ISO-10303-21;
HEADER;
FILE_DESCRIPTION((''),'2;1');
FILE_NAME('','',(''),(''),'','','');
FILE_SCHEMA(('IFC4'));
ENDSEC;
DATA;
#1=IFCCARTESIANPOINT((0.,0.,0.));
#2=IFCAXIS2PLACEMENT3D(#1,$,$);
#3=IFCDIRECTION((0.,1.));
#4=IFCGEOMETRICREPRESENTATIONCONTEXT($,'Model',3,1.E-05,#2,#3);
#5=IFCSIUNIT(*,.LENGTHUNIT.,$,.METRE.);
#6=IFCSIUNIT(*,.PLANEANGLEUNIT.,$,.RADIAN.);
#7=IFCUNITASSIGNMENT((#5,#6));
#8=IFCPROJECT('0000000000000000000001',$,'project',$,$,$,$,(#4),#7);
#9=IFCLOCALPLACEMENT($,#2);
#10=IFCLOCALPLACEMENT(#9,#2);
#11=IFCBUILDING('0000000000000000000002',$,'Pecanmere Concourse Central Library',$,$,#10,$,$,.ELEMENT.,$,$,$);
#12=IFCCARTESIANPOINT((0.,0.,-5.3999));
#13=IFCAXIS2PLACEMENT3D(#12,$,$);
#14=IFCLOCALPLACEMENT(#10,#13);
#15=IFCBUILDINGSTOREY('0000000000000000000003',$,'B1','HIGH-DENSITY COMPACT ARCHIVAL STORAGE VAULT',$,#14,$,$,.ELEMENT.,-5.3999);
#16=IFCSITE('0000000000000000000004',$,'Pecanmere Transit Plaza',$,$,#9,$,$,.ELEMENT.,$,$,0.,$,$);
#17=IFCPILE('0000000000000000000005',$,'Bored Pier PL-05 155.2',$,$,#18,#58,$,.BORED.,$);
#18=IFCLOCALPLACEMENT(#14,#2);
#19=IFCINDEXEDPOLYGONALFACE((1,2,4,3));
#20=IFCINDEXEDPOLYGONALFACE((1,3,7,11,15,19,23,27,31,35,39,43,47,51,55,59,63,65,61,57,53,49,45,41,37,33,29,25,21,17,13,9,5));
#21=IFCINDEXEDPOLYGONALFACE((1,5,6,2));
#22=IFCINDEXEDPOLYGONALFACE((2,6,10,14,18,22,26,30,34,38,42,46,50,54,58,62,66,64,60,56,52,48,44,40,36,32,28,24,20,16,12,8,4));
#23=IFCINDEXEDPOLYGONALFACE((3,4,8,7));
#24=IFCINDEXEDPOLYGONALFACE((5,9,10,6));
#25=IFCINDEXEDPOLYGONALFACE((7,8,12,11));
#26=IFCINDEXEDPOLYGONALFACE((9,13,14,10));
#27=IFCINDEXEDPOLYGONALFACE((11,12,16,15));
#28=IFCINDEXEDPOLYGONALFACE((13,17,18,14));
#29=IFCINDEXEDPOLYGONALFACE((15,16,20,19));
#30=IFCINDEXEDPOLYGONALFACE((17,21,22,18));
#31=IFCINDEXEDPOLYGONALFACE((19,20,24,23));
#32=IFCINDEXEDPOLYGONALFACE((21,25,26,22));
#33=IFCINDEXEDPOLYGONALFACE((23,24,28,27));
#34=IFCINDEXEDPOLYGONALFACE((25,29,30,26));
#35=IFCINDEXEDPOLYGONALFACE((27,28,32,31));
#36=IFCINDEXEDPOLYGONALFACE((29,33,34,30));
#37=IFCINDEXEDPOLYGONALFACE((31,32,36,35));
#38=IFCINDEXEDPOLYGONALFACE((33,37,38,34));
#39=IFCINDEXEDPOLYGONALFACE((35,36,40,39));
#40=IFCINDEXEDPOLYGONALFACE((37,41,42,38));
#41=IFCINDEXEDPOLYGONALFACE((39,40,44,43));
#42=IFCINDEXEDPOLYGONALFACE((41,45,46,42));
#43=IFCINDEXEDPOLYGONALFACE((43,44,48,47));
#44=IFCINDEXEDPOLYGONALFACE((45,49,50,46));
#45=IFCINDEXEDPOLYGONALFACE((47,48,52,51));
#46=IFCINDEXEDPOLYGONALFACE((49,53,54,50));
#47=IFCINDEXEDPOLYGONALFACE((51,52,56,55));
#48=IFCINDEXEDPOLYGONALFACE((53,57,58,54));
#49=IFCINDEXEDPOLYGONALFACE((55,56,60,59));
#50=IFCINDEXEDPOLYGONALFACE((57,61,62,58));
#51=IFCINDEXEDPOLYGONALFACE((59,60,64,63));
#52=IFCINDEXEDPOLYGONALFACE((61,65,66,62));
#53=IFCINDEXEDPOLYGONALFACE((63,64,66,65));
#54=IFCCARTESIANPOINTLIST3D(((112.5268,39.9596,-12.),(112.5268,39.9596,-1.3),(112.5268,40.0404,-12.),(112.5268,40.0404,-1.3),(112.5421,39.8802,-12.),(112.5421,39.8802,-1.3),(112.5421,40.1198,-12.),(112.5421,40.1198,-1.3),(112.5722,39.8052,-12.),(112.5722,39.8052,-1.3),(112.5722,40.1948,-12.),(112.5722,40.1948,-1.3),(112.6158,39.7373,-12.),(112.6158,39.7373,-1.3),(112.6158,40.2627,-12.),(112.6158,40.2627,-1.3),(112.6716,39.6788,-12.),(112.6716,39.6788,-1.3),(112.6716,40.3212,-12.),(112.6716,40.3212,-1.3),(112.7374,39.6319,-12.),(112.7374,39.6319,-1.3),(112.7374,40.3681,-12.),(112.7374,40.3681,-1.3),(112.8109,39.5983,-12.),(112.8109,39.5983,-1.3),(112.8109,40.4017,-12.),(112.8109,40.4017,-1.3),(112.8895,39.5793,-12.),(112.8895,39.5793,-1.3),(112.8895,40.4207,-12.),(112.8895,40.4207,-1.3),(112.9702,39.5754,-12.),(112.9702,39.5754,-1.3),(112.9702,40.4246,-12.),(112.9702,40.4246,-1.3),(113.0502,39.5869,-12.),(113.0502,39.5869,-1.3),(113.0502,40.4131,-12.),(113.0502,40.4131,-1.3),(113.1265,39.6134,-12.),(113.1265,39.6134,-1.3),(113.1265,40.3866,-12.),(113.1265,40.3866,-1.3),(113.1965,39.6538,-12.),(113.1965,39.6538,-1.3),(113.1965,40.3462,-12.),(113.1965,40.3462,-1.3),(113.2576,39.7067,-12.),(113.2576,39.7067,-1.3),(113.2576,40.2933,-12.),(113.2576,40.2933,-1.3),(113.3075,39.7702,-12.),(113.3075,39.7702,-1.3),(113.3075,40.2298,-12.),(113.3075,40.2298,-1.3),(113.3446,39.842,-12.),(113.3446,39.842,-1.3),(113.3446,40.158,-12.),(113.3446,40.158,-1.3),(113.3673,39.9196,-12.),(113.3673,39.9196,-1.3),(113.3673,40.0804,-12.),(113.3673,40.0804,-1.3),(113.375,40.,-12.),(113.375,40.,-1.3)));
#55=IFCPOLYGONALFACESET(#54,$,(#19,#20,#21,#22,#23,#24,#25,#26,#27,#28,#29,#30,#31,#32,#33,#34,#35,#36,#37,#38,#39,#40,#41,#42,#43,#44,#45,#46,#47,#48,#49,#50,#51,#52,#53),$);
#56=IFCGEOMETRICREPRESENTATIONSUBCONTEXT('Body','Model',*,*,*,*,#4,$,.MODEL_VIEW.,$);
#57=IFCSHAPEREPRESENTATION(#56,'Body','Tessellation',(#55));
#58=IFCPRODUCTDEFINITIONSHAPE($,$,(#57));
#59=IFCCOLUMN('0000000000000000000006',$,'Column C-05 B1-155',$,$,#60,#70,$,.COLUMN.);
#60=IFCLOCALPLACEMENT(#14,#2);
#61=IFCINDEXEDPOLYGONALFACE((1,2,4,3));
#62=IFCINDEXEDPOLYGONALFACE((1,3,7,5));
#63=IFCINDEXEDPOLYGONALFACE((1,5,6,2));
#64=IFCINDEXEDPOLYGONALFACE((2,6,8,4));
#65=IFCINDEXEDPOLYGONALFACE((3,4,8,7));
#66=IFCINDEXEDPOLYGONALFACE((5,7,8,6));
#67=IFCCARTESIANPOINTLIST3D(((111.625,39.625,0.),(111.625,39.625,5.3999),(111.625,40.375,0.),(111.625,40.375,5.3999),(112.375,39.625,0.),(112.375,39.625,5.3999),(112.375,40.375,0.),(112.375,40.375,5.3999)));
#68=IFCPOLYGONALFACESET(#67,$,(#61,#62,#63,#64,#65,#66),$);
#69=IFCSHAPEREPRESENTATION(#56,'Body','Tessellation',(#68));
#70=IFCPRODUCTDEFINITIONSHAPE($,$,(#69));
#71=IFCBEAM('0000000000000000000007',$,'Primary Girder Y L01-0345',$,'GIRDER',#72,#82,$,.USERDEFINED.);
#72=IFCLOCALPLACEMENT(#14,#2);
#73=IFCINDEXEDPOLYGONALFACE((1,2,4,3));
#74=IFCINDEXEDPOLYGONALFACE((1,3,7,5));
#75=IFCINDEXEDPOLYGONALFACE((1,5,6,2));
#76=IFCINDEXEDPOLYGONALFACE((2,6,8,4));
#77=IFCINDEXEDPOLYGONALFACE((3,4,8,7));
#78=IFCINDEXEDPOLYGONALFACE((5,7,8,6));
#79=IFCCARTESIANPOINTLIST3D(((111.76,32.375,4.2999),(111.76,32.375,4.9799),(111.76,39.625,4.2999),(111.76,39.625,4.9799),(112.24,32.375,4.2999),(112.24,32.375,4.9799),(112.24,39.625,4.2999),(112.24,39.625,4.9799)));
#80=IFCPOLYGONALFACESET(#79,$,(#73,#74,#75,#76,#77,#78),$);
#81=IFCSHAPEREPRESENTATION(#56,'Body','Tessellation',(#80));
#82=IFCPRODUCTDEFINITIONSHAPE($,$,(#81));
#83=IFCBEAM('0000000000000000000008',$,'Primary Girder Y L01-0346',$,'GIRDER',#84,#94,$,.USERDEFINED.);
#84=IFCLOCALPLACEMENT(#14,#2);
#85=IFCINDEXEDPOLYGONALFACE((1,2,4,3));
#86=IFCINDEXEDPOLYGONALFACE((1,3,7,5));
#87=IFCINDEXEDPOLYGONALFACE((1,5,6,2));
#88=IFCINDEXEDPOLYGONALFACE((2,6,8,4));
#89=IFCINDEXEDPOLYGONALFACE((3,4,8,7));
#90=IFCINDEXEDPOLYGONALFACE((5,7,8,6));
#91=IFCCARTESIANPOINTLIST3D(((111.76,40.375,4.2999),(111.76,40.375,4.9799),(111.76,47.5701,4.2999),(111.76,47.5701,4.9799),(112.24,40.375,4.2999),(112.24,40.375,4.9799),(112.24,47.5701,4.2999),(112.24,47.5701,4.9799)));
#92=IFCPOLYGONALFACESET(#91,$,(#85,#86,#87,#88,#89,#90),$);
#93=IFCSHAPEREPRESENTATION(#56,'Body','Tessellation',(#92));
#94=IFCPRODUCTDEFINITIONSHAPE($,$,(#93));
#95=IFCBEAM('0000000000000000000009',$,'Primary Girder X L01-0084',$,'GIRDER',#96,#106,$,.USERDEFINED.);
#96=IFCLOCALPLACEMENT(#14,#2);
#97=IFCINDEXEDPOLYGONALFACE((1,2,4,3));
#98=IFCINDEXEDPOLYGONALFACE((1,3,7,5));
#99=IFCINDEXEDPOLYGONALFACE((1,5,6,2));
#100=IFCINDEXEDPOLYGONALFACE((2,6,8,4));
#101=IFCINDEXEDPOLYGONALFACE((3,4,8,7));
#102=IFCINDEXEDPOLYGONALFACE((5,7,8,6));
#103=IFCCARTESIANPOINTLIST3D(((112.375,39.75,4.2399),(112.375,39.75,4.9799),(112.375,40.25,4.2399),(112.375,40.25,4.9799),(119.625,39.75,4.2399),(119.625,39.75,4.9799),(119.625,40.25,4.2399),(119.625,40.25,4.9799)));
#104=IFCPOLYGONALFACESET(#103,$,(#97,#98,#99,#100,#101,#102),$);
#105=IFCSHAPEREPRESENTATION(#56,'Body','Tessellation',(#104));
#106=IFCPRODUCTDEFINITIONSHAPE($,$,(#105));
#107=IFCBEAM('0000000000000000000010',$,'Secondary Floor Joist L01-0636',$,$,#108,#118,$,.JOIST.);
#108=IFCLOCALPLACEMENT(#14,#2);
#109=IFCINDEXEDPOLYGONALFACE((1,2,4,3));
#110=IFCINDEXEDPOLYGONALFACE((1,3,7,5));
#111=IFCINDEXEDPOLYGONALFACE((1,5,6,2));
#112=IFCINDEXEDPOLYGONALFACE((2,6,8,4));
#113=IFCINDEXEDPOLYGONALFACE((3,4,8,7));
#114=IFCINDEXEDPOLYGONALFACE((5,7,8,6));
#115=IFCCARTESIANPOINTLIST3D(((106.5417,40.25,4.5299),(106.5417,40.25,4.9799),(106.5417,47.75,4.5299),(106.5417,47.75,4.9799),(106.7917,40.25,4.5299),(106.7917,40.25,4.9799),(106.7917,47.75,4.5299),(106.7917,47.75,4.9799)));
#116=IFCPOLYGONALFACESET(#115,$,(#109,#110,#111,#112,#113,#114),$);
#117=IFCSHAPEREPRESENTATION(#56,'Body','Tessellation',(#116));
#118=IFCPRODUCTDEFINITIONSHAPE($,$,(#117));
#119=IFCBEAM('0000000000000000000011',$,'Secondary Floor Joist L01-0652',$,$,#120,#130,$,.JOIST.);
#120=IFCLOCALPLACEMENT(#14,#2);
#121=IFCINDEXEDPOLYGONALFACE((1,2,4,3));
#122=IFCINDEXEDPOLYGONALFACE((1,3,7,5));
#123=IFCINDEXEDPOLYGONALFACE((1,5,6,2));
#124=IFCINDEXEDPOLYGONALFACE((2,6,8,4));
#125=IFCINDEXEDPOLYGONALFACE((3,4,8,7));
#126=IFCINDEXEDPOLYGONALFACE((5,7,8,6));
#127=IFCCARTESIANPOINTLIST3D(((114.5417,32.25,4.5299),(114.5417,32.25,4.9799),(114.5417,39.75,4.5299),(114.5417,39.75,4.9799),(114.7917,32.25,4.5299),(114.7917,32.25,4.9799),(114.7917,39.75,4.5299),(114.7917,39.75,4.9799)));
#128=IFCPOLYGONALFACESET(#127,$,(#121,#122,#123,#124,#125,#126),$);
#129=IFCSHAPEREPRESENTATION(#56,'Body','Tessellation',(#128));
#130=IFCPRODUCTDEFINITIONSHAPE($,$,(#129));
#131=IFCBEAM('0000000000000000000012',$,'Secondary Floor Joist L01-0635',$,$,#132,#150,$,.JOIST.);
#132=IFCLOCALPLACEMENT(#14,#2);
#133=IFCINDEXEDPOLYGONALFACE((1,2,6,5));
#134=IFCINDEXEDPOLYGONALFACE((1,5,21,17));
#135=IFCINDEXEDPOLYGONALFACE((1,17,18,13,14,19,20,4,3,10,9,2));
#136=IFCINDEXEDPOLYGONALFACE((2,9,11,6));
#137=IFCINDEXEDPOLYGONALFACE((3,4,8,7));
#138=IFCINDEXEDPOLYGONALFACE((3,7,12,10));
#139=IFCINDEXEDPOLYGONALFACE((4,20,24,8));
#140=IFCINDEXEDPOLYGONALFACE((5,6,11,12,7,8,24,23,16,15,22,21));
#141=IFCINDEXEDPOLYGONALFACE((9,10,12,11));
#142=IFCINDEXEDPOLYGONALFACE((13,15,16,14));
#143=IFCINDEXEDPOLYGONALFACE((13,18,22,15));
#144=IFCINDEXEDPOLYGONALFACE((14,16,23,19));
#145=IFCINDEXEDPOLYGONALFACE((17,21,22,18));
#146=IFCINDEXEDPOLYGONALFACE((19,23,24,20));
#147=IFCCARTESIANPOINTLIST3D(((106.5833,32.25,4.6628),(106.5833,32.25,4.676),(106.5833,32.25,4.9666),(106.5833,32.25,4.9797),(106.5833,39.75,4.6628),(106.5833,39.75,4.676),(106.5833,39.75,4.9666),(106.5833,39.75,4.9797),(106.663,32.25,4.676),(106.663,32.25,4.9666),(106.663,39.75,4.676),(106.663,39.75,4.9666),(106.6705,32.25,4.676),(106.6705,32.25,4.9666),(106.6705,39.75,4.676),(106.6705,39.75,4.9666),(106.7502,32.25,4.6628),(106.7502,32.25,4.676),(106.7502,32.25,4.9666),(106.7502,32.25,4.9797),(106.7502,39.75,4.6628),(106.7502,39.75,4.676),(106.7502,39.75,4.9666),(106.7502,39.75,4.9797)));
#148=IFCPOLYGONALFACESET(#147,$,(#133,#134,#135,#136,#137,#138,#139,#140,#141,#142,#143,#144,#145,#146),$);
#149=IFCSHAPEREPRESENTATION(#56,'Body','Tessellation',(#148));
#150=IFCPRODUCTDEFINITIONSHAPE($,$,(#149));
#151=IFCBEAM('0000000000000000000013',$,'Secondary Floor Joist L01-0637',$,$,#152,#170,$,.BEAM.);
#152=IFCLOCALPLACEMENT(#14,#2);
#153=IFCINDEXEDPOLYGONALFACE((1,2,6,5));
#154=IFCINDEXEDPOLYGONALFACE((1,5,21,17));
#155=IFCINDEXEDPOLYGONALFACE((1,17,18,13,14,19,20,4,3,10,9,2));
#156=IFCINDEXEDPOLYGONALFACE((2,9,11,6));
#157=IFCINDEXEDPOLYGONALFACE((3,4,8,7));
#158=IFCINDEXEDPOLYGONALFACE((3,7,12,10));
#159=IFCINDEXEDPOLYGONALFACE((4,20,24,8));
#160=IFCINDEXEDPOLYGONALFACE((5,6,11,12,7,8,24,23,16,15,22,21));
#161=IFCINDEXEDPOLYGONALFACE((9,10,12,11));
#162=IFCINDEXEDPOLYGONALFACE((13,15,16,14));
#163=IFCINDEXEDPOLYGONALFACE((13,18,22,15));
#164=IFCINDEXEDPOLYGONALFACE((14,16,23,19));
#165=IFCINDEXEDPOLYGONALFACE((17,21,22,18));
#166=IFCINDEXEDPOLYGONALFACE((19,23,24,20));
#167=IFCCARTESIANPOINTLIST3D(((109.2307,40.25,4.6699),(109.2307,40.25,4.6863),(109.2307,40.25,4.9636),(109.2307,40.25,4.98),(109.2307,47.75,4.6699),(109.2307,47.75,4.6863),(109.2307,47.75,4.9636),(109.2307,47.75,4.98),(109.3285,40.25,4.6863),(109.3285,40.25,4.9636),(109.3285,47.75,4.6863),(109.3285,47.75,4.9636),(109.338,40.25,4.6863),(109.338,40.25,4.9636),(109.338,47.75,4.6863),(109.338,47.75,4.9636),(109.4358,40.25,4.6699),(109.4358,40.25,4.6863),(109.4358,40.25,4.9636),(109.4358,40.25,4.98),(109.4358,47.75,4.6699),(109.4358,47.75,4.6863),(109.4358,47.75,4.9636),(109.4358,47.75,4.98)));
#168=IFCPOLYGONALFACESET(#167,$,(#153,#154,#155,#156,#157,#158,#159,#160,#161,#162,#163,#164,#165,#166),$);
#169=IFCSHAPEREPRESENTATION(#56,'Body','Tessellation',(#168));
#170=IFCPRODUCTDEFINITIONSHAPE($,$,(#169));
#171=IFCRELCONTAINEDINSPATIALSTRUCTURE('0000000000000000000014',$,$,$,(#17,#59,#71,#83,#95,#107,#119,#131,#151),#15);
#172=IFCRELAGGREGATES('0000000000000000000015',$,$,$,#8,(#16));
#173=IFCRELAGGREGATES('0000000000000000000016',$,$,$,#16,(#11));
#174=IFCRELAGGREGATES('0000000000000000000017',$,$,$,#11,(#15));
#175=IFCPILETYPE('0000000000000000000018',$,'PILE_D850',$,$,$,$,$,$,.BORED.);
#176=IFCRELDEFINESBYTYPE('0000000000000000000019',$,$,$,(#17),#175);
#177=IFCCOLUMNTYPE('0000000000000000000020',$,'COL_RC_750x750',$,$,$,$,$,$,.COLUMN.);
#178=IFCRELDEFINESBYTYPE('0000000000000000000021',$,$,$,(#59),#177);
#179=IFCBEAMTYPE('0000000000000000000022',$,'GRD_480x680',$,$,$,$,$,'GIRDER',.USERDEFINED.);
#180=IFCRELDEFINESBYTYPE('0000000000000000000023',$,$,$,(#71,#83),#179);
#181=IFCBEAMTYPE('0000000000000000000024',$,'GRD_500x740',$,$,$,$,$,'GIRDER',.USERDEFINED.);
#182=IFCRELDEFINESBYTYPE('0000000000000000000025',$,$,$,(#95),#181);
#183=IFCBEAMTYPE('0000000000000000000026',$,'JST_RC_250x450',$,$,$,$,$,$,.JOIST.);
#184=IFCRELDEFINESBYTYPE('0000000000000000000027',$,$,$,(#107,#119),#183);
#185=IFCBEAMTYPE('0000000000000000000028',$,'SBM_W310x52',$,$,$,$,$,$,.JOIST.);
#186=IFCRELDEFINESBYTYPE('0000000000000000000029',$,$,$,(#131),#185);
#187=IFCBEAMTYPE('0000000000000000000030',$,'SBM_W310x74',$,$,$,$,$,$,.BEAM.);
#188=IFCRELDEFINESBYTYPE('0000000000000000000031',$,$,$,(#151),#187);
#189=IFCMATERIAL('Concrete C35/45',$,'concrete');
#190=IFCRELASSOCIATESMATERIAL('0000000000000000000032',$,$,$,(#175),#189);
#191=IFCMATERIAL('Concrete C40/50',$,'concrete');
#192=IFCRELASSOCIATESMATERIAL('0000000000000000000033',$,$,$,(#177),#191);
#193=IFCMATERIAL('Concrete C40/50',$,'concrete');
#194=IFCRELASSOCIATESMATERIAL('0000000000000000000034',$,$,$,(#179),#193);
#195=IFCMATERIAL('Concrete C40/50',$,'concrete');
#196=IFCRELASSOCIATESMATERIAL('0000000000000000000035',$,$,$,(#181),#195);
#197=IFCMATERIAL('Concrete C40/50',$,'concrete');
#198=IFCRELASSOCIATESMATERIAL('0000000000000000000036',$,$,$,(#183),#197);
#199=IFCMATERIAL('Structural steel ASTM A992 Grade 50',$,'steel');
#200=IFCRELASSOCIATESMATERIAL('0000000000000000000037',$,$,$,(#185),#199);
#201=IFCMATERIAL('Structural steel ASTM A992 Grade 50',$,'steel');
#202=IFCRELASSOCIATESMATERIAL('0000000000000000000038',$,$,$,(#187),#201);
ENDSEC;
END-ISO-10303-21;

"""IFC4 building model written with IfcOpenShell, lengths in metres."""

from ifc_helpers import new_model, si_unit, direction, frame, origin, origin_2d, place, context, subcontext, project, spatial, rectangle, circle, i_section, extrude, material, material_profile, profile_set, type_object, element, save


model = new_model("IFC4")

# Units and contexts
model_context = context("Model", 3, precision=1e-05, world=origin(), true_north=direction((0.0, 1.0)))
body_context = subcontext(model_context, "Body", "Model", "MODEL_VIEW")
ifc_project = project(units=[si_unit("LENGTHUNIT", "METRE"), si_unit("PLANEANGLEUNIT", "RADIAN")], contexts=[model_context])

# Site, building, storey
site_placement = place(None, origin())
site = spatial("IfcSite", under=ifc_project, at=site_placement, Name="Pecanmere Transit Plaza", CompositionType="ELEMENT", RefElevation=0.0)
building_placement = place(site_placement, origin())
building = spatial("IfcBuilding", under=site, at=building_placement, Name="Pecanmere Concourse Central Library", CompositionType="ELEMENT")
storey_placement = place(building_placement, frame((0.0, 0.0, -5.3999)))
storey = spatial("IfcBuildingStorey", under=building, at=storey_placement, Name="B1", Description="HIGH-DENSITY COMPACT ARCHIVAL STORAGE VAULT", CompositionType="ELEMENT", Elevation=-5.3999)

# Pile
ifc_material_1 = material(Name="Concrete C35/45", Category="concrete")
ifc_material_profile_1 = material_profile(ifc_material_1, circle(Radius=0.425, at=origin_2d()), Name="PIER D850")
ifc_profile_set_1 = profile_set([ifc_material_profile_1], Name="Concrete C35/45")
pile_type = type_object("IfcPileType", Name="PILE_D850", PredefinedType="BORED", material=ifc_profile_set_1)
for number, where, z_axis, x_axis, name in (
    (1, (112.95, 40.0, -1.3), (0.0, 0.0, -1.0), (1.0, 0.0, 0.0), "Bored Pier PL-05 155.2"),
):
    element("IfcPile", number, at=place(storey_placement, frame(where, z_axis=z_axis, x_axis=x_axis)), inside=storey, type_object=pile_type, Name=name, PredefinedType="BORED", context=body_context, shape_type="SweptSolid", body=[
        extrude(circle(Radius=0.425, at=origin_2d()), origin(), (0.0, 0.0, 1.0), 10.7),
    ])

# Column
ifc_material_2 = material(Name="Concrete C40/50", Category="concrete")
ifc_material_profile_2 = material_profile(ifc_material_2, rectangle(XDim=0.75, YDim=0.75, at=origin_2d()), Name="RC 750x750")
ifc_profile_set_2 = profile_set([ifc_material_profile_2], Name="Concrete C40/50")
column_type = type_object("IfcColumnType", Name="COL_RC_750x750", PredefinedType="COLUMN", material=ifc_profile_set_2)
column_placement = place(storey_placement, frame((112.0, 40.0, 0.0), z_axis=(0.0, 0.0, 1.0), x_axis=(1.0, 0.0, 0.0)))
element("IfcColumn", 2, at=column_placement, inside=storey, type_object=column_type, Name="Column C-05 B1-155", PredefinedType="COLUMN", context=body_context, shape_type="SweptSolid", body=[
    extrude(rectangle(XDim=0.75, YDim=0.75, at=origin_2d()), origin(), (0.0, 0.0, 1.0), 5.3999),
])

# Beams
ifc_material_3 = material(Name="Concrete C40/50", Category="concrete")
ifc_material_profile_3 = material_profile(ifc_material_3, rectangle(XDim=0.48, YDim=0.6799, at=origin_2d()), Name="RC 480x680")
ifc_profile_set_3 = profile_set([ifc_material_profile_3], Name="Concrete C40/50")
beam_type_1 = type_object("IfcBeamType", Name="GRD_480x680", ElementType="GIRDER", PredefinedType="USERDEFINED", material=ifc_profile_set_3)
beam_1_placement = place(storey_placement, frame((112.0, 32.375, 4.6399), z_axis=(0.0, 1.0, 0.0), x_axis=(-1.0, 0.0, 0.0)))
element("IfcBeam", 3, at=beam_1_placement, inside=storey, type_object=beam_type_1, Name="Primary Girder Y L01-0345", ObjectType="GIRDER", PredefinedType="USERDEFINED", context=body_context, shape_type="SweptSolid", body=[
    extrude(rectangle(XDim=0.48, YDim=0.6799, at=origin_2d()), origin(), (0.0, 0.0, 1.0), 7.25),
])
beam_2_placement = place(storey_placement, frame((112.0, 40.375, 4.6399), z_axis=(0.0, 1.0, 0.0), x_axis=(-1.0, 0.0, 0.0)))
element("IfcBeam", 4, at=beam_2_placement, inside=storey, type_object=beam_type_1, Name="Primary Girder Y L01-0346", ObjectType="GIRDER", PredefinedType="USERDEFINED", context=body_context, shape_type="SweptSolid", body=[
    extrude(rectangle(XDim=0.48, YDim=0.6799, at=origin_2d()), origin(), (0.0, 0.0, 1.0), 7.1951),
])
ifc_material_4 = material(Name="Concrete C40/50", Category="concrete")
ifc_material_profile_4 = material_profile(ifc_material_4, rectangle(XDim=0.5, YDim=0.74, at=origin_2d()), Name="RC 500x740")
ifc_profile_set_4 = profile_set([ifc_material_profile_4], Name="Concrete C40/50")
beam_type_2 = type_object("IfcBeamType", Name="GRD_500x740", ElementType="GIRDER", PredefinedType="USERDEFINED", material=ifc_profile_set_4)
beam_3_placement = place(storey_placement, frame((112.375, 40.0, 4.6099), z_axis=(1.0, 0.0, 0.0), x_axis=(0.0, 1.0, 0.0)))
element("IfcBeam", 5, at=beam_3_placement, inside=storey, type_object=beam_type_2, Name="Primary Girder X L01-0084", ObjectType="GIRDER", PredefinedType="USERDEFINED", context=body_context, shape_type="SweptSolid", body=[
    extrude(rectangle(XDim=0.5, YDim=0.74, at=origin_2d()), origin(), (0.0, 0.0, 1.0), 7.25),
])
ifc_material_5 = material(Name="Concrete C40/50", Category="concrete")
ifc_material_profile_5 = material_profile(ifc_material_5, rectangle(XDim=0.25, YDim=0.45, at=origin_2d()), Name="RC 250x450")
ifc_profile_set_5 = profile_set([ifc_material_profile_5], Name="Concrete C40/50")
beam_type_3 = type_object("IfcBeamType", Name="JST_RC_250x450", PredefinedType="JOIST", material=ifc_profile_set_5)
for number, where, z_axis, x_axis, name in (
    (6, (106.6667, 40.25, 4.7549), (0.0, 1.0, 0.0), (-1.0, 0.0, 0.0), "Secondary Floor Joist L01-0636"),
    (7, (114.6667, 32.25, 4.7549), (0.0, 1.0, 0.0), (-1.0, 0.0, 0.0), "Secondary Floor Joist L01-0652"),
):
    element("IfcBeam", number, at=place(storey_placement, frame(where, z_axis=z_axis, x_axis=x_axis)), inside=storey, type_object=beam_type_3, Name=name, PredefinedType="JOIST", context=body_context, shape_type="SweptSolid", body=[
        extrude(rectangle(XDim=0.25, YDim=0.45, at=origin_2d()), origin(), (0.0, 0.0, 1.0), 7.5),
    ])
ifc_material_6 = material(Name="Structural steel ASTM A992 Grade 50", Category="steel")
ifc_material_profile_6 = material_profile(ifc_material_6, i_section(OverallWidth=0.167, OverallDepth=0.3169, WebThickness=0.0076, FlangeThickness=0.0132, at=origin_2d()), Name="W310x52")
ifc_profile_set_6 = profile_set([ifc_material_profile_6], Name="Structural steel ASTM A992 Grade 50")
beam_type_4 = type_object("IfcBeamType", Name="SBM_W310x52", PredefinedType="JOIST", material=ifc_profile_set_6)
beam_4_placement = place(storey_placement, frame((106.6667, 32.25, 4.8213), z_axis=(0.0, 1.0, 0.0), x_axis=(-1.0, 0.0, 0.0)))
element("IfcBeam", 8, at=beam_4_placement, inside=storey, type_object=beam_type_4, Name="Secondary Floor Joist L01-0635", PredefinedType="JOIST", context=body_context, shape_type="SweptSolid", body=[
    extrude(i_section(OverallWidth=0.167, OverallDepth=0.3169, WebThickness=0.0076, FlangeThickness=0.0132, at=origin_2d()), origin(), (0.0, 0.0, 1.0), 7.5),
])
ifc_material_7 = material(Name="Structural steel ASTM A992 Grade 50", Category="steel")
ifc_material_profile_7 = material_profile(ifc_material_7, i_section(OverallWidth=0.2051, OverallDepth=0.3101, WebThickness=0.0095, FlangeThickness=0.0164, at=origin_2d()), Name="W310x74")
ifc_profile_set_7 = profile_set([ifc_material_profile_7], Name="Structural steel ASTM A992 Grade 50")
beam_type_5 = type_object("IfcBeamType", Name="SBM_W310x74", PredefinedType="BEAM", material=ifc_profile_set_7)
beam_5_placement = place(storey_placement, frame((109.3333, 40.25, 4.825), z_axis=(0.0, 1.0, 0.0), x_axis=(-1.0, 0.0, 0.0)))
element("IfcBeam", 9, at=beam_5_placement, inside=storey, type_object=beam_type_5, Name="Secondary Floor Joist L01-0637", PredefinedType="BEAM", context=body_context, shape_type="SweptSolid", body=[
    extrude(i_section(OverallWidth=0.2051, OverallDepth=0.3101, WebThickness=0.0095, FlangeThickness=0.0164, at=origin_2d()), origin(), (0.0, 0.0, 1.0), 7.5),
])

save(model, "model.ifc")
